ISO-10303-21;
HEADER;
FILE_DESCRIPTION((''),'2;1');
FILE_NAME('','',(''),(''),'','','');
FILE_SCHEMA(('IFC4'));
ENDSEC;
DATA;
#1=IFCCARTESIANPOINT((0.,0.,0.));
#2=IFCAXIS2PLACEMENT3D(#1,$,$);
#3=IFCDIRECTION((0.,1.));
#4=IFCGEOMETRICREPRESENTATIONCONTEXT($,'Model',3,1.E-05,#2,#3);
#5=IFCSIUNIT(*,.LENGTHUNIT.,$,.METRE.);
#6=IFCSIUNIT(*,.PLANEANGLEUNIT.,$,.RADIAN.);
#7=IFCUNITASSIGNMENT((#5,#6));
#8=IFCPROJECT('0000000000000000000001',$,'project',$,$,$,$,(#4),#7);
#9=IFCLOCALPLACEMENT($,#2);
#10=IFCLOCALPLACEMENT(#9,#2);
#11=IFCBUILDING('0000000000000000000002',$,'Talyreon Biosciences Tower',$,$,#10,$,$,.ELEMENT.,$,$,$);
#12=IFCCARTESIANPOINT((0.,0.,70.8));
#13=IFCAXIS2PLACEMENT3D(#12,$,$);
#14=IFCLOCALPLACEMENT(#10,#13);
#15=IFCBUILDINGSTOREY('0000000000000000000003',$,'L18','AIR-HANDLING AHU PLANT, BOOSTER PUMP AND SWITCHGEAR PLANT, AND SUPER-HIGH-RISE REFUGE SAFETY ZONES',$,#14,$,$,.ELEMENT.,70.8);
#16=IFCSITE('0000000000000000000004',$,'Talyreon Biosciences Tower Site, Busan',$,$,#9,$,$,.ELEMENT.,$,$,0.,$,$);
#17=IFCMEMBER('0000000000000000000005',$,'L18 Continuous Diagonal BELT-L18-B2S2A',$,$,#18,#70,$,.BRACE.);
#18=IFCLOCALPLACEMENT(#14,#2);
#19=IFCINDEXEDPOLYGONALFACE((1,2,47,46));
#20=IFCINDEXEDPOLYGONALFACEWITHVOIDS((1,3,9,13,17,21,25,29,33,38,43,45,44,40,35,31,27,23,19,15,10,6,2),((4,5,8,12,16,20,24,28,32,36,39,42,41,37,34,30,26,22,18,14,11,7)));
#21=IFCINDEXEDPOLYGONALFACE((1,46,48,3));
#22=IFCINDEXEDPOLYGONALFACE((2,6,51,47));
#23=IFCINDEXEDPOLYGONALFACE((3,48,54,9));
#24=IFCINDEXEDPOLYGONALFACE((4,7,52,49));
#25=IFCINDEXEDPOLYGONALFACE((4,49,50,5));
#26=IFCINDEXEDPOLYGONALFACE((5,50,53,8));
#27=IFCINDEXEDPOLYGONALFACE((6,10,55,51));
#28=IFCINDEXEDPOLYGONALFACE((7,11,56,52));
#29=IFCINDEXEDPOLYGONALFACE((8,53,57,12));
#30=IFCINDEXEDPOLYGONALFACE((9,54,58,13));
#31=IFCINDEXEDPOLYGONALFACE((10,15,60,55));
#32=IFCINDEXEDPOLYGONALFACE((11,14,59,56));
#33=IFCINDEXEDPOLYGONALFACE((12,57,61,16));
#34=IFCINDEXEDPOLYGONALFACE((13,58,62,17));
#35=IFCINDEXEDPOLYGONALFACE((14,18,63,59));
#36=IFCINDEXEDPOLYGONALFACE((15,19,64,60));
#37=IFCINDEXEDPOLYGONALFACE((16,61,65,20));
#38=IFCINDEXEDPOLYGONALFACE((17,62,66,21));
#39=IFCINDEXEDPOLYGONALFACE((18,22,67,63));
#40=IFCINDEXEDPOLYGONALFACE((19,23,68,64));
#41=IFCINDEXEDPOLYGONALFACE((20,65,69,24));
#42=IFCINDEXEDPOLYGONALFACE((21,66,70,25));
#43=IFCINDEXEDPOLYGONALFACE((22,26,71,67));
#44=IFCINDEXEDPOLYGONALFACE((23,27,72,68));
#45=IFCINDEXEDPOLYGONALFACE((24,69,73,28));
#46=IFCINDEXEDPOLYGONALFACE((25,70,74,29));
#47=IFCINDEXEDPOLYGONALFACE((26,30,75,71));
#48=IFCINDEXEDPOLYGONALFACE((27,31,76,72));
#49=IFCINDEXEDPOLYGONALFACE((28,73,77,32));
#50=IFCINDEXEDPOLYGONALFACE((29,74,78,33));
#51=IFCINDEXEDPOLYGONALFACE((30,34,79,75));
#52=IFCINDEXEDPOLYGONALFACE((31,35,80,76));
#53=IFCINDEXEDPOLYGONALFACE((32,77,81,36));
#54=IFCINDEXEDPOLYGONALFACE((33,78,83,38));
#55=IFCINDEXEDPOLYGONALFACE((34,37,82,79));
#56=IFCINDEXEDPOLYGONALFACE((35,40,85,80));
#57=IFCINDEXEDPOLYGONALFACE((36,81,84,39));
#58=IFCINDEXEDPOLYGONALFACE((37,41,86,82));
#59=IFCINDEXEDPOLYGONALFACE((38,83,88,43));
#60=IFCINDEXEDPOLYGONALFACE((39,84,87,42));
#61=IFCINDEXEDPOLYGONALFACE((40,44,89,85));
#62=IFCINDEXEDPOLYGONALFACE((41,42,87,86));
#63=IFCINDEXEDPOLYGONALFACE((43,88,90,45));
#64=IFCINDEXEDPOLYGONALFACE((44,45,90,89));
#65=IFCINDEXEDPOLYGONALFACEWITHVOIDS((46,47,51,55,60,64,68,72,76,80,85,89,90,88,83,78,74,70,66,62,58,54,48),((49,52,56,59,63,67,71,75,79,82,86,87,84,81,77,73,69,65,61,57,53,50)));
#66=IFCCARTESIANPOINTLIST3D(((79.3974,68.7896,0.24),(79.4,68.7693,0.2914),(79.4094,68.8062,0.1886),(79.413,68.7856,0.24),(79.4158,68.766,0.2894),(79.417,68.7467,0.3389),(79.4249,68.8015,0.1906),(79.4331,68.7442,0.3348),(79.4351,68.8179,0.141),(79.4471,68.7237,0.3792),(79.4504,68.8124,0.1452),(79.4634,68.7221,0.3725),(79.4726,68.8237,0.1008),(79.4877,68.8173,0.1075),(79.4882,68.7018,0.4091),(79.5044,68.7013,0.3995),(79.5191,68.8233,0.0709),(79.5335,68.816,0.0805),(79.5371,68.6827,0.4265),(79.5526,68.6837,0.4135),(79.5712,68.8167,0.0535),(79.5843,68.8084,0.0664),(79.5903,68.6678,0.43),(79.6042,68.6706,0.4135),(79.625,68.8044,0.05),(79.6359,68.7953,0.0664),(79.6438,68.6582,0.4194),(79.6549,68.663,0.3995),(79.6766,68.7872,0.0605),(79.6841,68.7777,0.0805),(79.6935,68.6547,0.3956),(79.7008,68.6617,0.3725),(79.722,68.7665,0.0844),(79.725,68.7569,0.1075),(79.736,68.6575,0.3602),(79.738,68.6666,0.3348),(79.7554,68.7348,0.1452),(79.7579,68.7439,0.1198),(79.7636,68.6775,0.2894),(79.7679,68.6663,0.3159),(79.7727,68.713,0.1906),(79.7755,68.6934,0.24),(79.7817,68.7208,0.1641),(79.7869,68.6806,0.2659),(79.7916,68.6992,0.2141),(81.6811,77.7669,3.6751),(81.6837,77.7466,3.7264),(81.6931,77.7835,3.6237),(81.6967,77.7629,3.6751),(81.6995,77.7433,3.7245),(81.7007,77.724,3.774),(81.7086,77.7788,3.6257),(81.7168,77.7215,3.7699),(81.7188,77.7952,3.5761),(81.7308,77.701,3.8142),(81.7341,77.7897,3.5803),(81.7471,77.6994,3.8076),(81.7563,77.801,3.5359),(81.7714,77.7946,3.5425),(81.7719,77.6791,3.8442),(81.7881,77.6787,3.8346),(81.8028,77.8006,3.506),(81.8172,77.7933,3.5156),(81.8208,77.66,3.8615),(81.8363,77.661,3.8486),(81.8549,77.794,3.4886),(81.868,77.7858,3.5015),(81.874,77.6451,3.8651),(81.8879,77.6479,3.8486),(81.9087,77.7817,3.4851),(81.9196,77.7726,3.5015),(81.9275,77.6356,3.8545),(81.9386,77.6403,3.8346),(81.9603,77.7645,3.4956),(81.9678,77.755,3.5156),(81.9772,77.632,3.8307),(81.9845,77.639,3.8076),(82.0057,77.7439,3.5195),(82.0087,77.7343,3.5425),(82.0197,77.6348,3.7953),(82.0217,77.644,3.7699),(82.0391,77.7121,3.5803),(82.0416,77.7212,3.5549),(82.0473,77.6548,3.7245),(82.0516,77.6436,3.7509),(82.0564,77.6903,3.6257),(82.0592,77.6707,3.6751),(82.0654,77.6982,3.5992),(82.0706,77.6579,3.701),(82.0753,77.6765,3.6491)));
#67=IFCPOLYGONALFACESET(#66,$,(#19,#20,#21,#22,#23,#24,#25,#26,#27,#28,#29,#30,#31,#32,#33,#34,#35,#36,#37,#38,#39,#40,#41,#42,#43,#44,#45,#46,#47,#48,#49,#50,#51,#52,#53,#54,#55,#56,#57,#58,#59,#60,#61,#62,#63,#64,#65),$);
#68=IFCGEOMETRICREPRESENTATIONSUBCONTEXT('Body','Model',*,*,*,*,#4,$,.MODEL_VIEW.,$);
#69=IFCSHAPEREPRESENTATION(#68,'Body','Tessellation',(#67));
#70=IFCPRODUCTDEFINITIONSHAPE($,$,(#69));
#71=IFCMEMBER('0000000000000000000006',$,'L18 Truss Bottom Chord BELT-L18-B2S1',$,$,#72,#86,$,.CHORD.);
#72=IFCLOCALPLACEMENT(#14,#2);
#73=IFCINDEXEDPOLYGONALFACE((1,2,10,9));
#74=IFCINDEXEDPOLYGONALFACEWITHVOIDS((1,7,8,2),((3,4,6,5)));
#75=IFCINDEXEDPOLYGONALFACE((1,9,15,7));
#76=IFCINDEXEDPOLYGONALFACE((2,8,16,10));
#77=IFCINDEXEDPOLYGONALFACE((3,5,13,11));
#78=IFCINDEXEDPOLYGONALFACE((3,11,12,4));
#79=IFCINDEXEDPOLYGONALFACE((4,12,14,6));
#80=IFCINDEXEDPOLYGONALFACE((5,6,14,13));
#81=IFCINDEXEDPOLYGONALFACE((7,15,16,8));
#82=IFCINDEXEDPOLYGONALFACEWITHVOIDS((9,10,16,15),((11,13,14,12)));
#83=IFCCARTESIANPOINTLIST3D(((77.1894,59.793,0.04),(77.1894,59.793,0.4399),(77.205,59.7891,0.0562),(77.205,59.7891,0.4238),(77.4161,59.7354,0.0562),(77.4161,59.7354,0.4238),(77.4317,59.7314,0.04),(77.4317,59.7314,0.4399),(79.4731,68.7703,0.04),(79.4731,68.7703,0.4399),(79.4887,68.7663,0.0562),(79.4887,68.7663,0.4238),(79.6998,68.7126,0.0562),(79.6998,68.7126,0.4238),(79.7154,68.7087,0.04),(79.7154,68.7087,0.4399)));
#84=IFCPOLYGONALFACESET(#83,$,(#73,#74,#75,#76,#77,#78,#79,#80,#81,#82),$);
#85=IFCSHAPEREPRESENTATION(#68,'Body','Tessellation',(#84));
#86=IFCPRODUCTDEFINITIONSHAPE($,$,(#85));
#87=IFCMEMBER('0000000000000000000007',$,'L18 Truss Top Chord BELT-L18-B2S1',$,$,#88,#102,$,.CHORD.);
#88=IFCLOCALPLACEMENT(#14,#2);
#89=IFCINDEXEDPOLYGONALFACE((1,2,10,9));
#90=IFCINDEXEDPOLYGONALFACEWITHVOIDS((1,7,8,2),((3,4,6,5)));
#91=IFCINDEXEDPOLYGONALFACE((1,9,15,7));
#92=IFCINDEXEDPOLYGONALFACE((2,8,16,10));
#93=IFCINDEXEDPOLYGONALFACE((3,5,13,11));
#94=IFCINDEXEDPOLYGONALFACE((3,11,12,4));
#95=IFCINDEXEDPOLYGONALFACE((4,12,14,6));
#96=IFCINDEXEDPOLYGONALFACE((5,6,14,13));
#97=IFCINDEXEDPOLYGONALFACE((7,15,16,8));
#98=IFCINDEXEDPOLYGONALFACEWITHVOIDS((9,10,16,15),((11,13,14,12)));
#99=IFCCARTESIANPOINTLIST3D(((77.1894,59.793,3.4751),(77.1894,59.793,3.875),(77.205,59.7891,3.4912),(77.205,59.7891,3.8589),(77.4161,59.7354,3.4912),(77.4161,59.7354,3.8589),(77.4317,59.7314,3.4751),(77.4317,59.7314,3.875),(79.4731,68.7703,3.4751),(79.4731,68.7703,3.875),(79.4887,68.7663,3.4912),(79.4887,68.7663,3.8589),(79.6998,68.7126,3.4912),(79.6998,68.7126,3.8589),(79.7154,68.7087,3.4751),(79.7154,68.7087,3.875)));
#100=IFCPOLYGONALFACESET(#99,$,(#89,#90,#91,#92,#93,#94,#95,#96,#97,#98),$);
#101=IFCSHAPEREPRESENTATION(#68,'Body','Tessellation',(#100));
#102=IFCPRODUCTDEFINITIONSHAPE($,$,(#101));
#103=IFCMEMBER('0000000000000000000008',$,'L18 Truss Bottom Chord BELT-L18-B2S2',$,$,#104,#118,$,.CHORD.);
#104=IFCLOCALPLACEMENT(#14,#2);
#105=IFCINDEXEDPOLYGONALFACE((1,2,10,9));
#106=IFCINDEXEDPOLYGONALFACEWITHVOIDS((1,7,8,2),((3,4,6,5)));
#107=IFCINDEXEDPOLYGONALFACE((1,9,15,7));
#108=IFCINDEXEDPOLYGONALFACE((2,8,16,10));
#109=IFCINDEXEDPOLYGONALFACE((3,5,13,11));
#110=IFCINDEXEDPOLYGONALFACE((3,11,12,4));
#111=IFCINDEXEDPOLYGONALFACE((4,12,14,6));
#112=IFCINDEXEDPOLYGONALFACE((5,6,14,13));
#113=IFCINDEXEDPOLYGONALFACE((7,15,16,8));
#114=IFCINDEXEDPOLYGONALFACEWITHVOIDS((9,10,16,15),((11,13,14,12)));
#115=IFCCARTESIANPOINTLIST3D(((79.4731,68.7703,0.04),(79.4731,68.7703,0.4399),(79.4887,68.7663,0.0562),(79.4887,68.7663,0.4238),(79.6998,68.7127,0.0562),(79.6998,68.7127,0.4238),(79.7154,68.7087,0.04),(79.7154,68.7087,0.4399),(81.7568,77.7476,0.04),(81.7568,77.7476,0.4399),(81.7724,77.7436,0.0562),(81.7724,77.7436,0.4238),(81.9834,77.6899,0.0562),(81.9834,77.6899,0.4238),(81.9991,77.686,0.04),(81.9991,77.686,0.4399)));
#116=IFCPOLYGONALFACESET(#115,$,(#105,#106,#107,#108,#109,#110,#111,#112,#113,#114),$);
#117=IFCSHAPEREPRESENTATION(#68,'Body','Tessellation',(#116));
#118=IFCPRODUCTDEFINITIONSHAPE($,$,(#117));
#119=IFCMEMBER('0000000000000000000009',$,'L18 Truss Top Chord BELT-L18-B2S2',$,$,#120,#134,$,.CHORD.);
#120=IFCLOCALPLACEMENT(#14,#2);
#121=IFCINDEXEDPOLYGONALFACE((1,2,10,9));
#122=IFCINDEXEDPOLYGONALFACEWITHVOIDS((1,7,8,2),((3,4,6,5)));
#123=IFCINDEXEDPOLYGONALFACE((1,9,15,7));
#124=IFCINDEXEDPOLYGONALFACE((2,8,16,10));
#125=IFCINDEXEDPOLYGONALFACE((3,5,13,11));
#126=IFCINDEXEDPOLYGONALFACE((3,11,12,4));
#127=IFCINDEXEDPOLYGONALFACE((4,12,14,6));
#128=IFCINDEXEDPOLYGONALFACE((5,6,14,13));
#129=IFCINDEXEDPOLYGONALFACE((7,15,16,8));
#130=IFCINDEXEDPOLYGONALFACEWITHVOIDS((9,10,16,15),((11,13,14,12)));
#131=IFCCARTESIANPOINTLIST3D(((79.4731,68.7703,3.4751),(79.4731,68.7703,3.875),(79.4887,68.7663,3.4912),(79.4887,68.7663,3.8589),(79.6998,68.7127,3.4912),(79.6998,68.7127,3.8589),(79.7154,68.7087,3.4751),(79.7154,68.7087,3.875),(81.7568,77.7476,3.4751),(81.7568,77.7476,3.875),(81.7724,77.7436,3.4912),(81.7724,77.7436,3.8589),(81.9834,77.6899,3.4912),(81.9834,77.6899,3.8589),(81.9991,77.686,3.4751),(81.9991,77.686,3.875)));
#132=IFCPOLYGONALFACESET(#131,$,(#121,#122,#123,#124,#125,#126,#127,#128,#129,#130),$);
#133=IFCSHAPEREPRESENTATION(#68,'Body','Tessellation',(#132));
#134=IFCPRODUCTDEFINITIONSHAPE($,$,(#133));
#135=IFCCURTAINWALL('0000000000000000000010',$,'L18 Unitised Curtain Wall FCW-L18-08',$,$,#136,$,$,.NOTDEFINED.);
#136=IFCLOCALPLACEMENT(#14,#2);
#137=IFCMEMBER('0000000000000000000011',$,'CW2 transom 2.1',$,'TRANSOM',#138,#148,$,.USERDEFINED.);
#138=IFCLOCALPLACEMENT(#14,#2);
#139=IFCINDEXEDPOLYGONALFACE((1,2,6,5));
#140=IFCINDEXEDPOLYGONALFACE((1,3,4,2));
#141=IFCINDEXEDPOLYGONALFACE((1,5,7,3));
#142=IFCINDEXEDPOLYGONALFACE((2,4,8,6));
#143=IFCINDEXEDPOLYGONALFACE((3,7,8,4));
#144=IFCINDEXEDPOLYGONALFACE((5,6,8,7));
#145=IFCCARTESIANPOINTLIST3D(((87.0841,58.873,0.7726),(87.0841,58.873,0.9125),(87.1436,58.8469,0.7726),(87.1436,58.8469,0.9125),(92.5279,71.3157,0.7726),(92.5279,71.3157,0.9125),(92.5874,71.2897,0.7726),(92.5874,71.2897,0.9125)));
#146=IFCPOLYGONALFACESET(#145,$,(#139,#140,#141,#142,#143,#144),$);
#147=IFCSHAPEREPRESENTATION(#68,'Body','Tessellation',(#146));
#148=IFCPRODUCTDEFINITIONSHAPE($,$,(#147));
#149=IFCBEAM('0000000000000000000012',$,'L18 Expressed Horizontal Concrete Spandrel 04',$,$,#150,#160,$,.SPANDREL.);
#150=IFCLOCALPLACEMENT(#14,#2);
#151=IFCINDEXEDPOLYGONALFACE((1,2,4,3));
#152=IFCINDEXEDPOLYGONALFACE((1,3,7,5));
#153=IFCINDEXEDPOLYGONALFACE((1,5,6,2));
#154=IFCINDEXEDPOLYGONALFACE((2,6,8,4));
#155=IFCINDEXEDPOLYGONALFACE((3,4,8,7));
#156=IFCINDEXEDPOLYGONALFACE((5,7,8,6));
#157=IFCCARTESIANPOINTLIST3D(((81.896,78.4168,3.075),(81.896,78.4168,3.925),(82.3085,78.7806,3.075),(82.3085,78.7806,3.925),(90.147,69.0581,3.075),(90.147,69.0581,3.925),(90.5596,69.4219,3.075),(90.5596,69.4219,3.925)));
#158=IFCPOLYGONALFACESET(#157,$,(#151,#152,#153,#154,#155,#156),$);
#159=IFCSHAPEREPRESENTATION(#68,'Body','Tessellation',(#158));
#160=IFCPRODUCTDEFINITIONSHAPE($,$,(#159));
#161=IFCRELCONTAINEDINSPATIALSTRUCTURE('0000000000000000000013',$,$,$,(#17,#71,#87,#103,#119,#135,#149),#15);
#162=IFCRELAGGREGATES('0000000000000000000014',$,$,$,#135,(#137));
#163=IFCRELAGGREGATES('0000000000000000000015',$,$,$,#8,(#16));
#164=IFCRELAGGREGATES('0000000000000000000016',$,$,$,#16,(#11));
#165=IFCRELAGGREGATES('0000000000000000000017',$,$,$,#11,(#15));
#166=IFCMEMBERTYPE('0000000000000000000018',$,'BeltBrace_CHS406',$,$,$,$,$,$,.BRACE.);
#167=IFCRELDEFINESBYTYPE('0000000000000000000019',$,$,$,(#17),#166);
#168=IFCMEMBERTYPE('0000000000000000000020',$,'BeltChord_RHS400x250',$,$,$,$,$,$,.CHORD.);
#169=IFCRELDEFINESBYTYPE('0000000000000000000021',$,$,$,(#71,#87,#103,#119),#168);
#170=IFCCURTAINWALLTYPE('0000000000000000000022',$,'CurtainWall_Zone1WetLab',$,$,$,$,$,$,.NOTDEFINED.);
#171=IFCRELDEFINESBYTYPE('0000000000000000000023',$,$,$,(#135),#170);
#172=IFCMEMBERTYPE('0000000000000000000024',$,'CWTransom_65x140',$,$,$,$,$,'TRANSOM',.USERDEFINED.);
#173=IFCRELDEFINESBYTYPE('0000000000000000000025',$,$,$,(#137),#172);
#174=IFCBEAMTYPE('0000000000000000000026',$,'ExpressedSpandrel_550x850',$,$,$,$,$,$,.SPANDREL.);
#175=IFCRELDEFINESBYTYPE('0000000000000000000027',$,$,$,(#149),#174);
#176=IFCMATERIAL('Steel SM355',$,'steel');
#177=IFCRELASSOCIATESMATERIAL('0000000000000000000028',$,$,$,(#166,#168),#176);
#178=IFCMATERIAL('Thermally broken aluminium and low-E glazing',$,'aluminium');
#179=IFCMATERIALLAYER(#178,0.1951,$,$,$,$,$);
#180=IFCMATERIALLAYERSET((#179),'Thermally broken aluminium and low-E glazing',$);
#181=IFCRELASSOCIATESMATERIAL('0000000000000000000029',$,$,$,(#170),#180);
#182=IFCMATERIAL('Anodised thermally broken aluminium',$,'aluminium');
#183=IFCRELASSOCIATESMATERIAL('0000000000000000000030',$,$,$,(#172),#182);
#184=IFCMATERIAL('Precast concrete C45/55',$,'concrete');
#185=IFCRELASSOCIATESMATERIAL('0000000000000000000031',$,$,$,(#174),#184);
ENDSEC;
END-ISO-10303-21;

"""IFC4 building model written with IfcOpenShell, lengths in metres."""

from ifc_helpers import new_model, si_unit, direction, frame, origin, origin_2d, place, context, subcontext, project, spatial, rectangle, hollow_rectangle, hollow_circle, extrude, material, layer, layer_set, material_profile, profile_set, type_object, element, aggregate, save


model = new_model("IFC4")

# Units and contexts
model_context = context("Model", 3, precision=1e-05, world=origin(), true_north=direction((0.0, 1.0)))
body_context = subcontext(model_context, "Body", "Model", "MODEL_VIEW")
ifc_project = project(units=[si_unit("LENGTHUNIT", "METRE"), si_unit("PLANEANGLEUNIT", "RADIAN")], contexts=[model_context])

# Site, building, storey
site_placement = place(None, origin())
site = spatial("IfcSite", under=ifc_project, at=site_placement, Name="Talyreon Biosciences Tower Site, Busan", CompositionType="ELEMENT", RefElevation=0.0)
building_placement = place(site_placement, origin())
building = spatial("IfcBuilding", under=site, at=building_placement, Name="Talyreon Biosciences Tower", CompositionType="ELEMENT")
storey_placement = place(building_placement, frame((0.0, 0.0, 70.8)))
storey = spatial("IfcBuildingStorey", under=building, at=storey_placement, Name="L18", Description="AIR-HANDLING AHU PLANT, BOOSTER PUMP AND SWITCHGEAR PLANT, AND SUPER-HIGH-RISE REFUGE SAFETY ZONES", CompositionType="ELEMENT", Elevation=70.8)

# Members
ifc_material_1 = material(Name="Steel SM355", Category="steel")
ifc_material_profile_1 = material_profile(ifc_material_1, hollow_circle(Radius=0.2031, WallThickness=0.0161, at=origin_2d()), Name="CHS 406.4x16")
ifc_profile_set_1 = profile_set([ifc_material_profile_1], Name="Steel SM355")
member_type_1 = type_object("IfcMemberType", Name="BeltBrace_CHS406", PredefinedType="BRACE", material=ifc_profile_set_1)
member_1_placement = place(storey_placement, frame((79.5942, 68.7395, 0.24), z_axis=(0.231152, 0.908669, 0.347692), x_axis=(-0.969134, 0.246533, 0.0)))
element("IfcMember", 1, at=member_1_placement, inside=storey, type_object=member_type_1, Name="L18 Continuous Diagonal BELT-L18-B2S2A", PredefinedType="BRACE", context=body_context, shape_type="SweptSolid", body=[
    extrude(hollow_circle(Radius=0.2031, WallThickness=0.0161, at=origin_2d()), origin(), (0.0, 0.0, 1.0), 9.8796),
])
ifc_material_profile_2 = material_profile(ifc_material_1, hollow_rectangle(XDim=0.25, YDim=0.3999, WallThickness=0.0161, at=origin_2d()), Name="RHS 400x250x16")
ifc_profile_set_2 = profile_set([ifc_material_profile_2], Name="Steel SM355")
member_type_2 = type_object("IfcMemberType", Name="BeltChord_RHS400x250", PredefinedType="CHORD", material=ifc_profile_set_2)
for number, where, z_axis, x_axis, name in (
    (2, (77.3105, 59.7622, 0.24), (0.246533, 0.969134, 0.0), (-0.969134, 0.246533, 0.0), "L18 Truss Bottom Chord BELT-L18-B2S1"),
    (3, (77.3105, 59.7622, 3.675), (0.246533, 0.969134, 0.0), (-0.969134, 0.246533, 0.0), "L18 Truss Top Chord BELT-L18-B2S1"),
    (4, (79.5942, 68.7395, 0.24), (0.246533, 0.969134, 0.0), (-0.969134, 0.246533, 0.0), "L18 Truss Bottom Chord BELT-L18-B2S2"),
    (5, (79.5942, 68.7395, 3.675), (0.246533, 0.969134, 0.0), (-0.969134, 0.246533, 0.0), "L18 Truss Top Chord BELT-L18-B2S2"),
):
    element("IfcMember", number, at=place(storey_placement, frame(where, z_axis=z_axis, x_axis=x_axis)), inside=storey, type_object=member_type_2, Name=name, PredefinedType="CHORD", context=body_context, shape_type="SweptSolid", body=[
        extrude(hollow_rectangle(XDim=0.25, YDim=0.3999, WallThickness=0.0161, at=origin_2d()), origin(), (0.0, 0.0, 1.0), 9.2632),
    ])

# Curtain wall, member
ifc_material_2 = material(Name="Thermally broken aluminium and low-E glazing", Category="aluminium")
ifc_layer_1 = layer(ifc_material_2, 0.1951)
ifc_layer_set_1 = layer_set([ifc_layer_1], Name="Thermally broken aluminium and low-E glazing")
curtain_wall_type = type_object("IfcCurtainWallType", Name="CurtainWall_Zone1WetLab", PredefinedType="NOTDEFINED", material=ifc_layer_set_1)
curtain_wall_placement = place(storey_placement, origin())
curtain_wall = element("IfcCurtainWall", 6, at=curtain_wall_placement, inside=storey, type_object=curtain_wall_type, Name="L18 Unitised Curtain Wall FCW-L18-08", PredefinedType="NOTDEFINED")
ifc_material_3 = material(Name="Anodised thermally broken aluminium", Category="aluminium")
ifc_material_profile_3 = material_profile(ifc_material_3, rectangle(XDim=0.0649, YDim=0.1399, at=origin_2d()), Name="ALUM TRANSOM 65x140")
ifc_profile_set_3 = profile_set([ifc_material_profile_3], Name="Anodised thermally broken aluminium")
member_type_3 = type_object("IfcMemberType", Name="CWTransom_65x140", ElementType="TRANSOM", PredefinedType="USERDEFINED", material=ifc_profile_set_3)
member_2_placement = place(storey_placement, frame((92.5576, 71.3027, 0.8425), z_axis=(-0.400824, -0.916155, 0.0), x_axis=(0.916155, -0.400824, 0.0)))
member_2 = element("IfcMember", 7, at=member_2_placement, type_object=member_type_3, Name="CW2 transom 2.1", ObjectType="TRANSOM", PredefinedType="USERDEFINED", context=body_context, shape_type="SweptSolid", body=[
    extrude(rectangle(XDim=0.0649, YDim=0.1399, at=origin_2d()), origin(), (0.0, 0.0, 1.0), 13.5815),
])

# Beam
ifc_material_4 = material(Name="Precast concrete C45/55", Category="concrete")
ifc_material_profile_4 = material_profile(ifc_material_4, rectangle(XDim=0.55, YDim=0.8501, at=origin_2d()), Name="RCB 550x850")
ifc_profile_set_4 = profile_set([ifc_material_profile_4], Name="Precast concrete C45/55")
beam_type_1 = type_object("IfcBeamType", Name="ExpressedSpandrel_550x850", PredefinedType="SPANDREL", material=ifc_profile_set_4)
beam_1_placement = place(storey_placement, frame((90.3533, 69.24, 3.5), z_axis=(-0.661322, 0.750102, 0.0), x_axis=(-0.750102, -0.661322, 0.0)))
element("IfcBeam", 8, at=beam_1_placement, inside=storey, type_object=beam_type_1, Name="L18 Expressed Horizontal Concrete Spandrel 04", PredefinedType="SPANDREL", context=body_context, shape_type="SweptSolid", body=[
    extrude(rectangle(XDim=0.55, YDim=0.8501, at=origin_2d()), origin(), (0.0, 0.0, 1.0), 12.4766),
])

aggregate(curtain_wall, [member_2])

save(model, "model.ifc")
